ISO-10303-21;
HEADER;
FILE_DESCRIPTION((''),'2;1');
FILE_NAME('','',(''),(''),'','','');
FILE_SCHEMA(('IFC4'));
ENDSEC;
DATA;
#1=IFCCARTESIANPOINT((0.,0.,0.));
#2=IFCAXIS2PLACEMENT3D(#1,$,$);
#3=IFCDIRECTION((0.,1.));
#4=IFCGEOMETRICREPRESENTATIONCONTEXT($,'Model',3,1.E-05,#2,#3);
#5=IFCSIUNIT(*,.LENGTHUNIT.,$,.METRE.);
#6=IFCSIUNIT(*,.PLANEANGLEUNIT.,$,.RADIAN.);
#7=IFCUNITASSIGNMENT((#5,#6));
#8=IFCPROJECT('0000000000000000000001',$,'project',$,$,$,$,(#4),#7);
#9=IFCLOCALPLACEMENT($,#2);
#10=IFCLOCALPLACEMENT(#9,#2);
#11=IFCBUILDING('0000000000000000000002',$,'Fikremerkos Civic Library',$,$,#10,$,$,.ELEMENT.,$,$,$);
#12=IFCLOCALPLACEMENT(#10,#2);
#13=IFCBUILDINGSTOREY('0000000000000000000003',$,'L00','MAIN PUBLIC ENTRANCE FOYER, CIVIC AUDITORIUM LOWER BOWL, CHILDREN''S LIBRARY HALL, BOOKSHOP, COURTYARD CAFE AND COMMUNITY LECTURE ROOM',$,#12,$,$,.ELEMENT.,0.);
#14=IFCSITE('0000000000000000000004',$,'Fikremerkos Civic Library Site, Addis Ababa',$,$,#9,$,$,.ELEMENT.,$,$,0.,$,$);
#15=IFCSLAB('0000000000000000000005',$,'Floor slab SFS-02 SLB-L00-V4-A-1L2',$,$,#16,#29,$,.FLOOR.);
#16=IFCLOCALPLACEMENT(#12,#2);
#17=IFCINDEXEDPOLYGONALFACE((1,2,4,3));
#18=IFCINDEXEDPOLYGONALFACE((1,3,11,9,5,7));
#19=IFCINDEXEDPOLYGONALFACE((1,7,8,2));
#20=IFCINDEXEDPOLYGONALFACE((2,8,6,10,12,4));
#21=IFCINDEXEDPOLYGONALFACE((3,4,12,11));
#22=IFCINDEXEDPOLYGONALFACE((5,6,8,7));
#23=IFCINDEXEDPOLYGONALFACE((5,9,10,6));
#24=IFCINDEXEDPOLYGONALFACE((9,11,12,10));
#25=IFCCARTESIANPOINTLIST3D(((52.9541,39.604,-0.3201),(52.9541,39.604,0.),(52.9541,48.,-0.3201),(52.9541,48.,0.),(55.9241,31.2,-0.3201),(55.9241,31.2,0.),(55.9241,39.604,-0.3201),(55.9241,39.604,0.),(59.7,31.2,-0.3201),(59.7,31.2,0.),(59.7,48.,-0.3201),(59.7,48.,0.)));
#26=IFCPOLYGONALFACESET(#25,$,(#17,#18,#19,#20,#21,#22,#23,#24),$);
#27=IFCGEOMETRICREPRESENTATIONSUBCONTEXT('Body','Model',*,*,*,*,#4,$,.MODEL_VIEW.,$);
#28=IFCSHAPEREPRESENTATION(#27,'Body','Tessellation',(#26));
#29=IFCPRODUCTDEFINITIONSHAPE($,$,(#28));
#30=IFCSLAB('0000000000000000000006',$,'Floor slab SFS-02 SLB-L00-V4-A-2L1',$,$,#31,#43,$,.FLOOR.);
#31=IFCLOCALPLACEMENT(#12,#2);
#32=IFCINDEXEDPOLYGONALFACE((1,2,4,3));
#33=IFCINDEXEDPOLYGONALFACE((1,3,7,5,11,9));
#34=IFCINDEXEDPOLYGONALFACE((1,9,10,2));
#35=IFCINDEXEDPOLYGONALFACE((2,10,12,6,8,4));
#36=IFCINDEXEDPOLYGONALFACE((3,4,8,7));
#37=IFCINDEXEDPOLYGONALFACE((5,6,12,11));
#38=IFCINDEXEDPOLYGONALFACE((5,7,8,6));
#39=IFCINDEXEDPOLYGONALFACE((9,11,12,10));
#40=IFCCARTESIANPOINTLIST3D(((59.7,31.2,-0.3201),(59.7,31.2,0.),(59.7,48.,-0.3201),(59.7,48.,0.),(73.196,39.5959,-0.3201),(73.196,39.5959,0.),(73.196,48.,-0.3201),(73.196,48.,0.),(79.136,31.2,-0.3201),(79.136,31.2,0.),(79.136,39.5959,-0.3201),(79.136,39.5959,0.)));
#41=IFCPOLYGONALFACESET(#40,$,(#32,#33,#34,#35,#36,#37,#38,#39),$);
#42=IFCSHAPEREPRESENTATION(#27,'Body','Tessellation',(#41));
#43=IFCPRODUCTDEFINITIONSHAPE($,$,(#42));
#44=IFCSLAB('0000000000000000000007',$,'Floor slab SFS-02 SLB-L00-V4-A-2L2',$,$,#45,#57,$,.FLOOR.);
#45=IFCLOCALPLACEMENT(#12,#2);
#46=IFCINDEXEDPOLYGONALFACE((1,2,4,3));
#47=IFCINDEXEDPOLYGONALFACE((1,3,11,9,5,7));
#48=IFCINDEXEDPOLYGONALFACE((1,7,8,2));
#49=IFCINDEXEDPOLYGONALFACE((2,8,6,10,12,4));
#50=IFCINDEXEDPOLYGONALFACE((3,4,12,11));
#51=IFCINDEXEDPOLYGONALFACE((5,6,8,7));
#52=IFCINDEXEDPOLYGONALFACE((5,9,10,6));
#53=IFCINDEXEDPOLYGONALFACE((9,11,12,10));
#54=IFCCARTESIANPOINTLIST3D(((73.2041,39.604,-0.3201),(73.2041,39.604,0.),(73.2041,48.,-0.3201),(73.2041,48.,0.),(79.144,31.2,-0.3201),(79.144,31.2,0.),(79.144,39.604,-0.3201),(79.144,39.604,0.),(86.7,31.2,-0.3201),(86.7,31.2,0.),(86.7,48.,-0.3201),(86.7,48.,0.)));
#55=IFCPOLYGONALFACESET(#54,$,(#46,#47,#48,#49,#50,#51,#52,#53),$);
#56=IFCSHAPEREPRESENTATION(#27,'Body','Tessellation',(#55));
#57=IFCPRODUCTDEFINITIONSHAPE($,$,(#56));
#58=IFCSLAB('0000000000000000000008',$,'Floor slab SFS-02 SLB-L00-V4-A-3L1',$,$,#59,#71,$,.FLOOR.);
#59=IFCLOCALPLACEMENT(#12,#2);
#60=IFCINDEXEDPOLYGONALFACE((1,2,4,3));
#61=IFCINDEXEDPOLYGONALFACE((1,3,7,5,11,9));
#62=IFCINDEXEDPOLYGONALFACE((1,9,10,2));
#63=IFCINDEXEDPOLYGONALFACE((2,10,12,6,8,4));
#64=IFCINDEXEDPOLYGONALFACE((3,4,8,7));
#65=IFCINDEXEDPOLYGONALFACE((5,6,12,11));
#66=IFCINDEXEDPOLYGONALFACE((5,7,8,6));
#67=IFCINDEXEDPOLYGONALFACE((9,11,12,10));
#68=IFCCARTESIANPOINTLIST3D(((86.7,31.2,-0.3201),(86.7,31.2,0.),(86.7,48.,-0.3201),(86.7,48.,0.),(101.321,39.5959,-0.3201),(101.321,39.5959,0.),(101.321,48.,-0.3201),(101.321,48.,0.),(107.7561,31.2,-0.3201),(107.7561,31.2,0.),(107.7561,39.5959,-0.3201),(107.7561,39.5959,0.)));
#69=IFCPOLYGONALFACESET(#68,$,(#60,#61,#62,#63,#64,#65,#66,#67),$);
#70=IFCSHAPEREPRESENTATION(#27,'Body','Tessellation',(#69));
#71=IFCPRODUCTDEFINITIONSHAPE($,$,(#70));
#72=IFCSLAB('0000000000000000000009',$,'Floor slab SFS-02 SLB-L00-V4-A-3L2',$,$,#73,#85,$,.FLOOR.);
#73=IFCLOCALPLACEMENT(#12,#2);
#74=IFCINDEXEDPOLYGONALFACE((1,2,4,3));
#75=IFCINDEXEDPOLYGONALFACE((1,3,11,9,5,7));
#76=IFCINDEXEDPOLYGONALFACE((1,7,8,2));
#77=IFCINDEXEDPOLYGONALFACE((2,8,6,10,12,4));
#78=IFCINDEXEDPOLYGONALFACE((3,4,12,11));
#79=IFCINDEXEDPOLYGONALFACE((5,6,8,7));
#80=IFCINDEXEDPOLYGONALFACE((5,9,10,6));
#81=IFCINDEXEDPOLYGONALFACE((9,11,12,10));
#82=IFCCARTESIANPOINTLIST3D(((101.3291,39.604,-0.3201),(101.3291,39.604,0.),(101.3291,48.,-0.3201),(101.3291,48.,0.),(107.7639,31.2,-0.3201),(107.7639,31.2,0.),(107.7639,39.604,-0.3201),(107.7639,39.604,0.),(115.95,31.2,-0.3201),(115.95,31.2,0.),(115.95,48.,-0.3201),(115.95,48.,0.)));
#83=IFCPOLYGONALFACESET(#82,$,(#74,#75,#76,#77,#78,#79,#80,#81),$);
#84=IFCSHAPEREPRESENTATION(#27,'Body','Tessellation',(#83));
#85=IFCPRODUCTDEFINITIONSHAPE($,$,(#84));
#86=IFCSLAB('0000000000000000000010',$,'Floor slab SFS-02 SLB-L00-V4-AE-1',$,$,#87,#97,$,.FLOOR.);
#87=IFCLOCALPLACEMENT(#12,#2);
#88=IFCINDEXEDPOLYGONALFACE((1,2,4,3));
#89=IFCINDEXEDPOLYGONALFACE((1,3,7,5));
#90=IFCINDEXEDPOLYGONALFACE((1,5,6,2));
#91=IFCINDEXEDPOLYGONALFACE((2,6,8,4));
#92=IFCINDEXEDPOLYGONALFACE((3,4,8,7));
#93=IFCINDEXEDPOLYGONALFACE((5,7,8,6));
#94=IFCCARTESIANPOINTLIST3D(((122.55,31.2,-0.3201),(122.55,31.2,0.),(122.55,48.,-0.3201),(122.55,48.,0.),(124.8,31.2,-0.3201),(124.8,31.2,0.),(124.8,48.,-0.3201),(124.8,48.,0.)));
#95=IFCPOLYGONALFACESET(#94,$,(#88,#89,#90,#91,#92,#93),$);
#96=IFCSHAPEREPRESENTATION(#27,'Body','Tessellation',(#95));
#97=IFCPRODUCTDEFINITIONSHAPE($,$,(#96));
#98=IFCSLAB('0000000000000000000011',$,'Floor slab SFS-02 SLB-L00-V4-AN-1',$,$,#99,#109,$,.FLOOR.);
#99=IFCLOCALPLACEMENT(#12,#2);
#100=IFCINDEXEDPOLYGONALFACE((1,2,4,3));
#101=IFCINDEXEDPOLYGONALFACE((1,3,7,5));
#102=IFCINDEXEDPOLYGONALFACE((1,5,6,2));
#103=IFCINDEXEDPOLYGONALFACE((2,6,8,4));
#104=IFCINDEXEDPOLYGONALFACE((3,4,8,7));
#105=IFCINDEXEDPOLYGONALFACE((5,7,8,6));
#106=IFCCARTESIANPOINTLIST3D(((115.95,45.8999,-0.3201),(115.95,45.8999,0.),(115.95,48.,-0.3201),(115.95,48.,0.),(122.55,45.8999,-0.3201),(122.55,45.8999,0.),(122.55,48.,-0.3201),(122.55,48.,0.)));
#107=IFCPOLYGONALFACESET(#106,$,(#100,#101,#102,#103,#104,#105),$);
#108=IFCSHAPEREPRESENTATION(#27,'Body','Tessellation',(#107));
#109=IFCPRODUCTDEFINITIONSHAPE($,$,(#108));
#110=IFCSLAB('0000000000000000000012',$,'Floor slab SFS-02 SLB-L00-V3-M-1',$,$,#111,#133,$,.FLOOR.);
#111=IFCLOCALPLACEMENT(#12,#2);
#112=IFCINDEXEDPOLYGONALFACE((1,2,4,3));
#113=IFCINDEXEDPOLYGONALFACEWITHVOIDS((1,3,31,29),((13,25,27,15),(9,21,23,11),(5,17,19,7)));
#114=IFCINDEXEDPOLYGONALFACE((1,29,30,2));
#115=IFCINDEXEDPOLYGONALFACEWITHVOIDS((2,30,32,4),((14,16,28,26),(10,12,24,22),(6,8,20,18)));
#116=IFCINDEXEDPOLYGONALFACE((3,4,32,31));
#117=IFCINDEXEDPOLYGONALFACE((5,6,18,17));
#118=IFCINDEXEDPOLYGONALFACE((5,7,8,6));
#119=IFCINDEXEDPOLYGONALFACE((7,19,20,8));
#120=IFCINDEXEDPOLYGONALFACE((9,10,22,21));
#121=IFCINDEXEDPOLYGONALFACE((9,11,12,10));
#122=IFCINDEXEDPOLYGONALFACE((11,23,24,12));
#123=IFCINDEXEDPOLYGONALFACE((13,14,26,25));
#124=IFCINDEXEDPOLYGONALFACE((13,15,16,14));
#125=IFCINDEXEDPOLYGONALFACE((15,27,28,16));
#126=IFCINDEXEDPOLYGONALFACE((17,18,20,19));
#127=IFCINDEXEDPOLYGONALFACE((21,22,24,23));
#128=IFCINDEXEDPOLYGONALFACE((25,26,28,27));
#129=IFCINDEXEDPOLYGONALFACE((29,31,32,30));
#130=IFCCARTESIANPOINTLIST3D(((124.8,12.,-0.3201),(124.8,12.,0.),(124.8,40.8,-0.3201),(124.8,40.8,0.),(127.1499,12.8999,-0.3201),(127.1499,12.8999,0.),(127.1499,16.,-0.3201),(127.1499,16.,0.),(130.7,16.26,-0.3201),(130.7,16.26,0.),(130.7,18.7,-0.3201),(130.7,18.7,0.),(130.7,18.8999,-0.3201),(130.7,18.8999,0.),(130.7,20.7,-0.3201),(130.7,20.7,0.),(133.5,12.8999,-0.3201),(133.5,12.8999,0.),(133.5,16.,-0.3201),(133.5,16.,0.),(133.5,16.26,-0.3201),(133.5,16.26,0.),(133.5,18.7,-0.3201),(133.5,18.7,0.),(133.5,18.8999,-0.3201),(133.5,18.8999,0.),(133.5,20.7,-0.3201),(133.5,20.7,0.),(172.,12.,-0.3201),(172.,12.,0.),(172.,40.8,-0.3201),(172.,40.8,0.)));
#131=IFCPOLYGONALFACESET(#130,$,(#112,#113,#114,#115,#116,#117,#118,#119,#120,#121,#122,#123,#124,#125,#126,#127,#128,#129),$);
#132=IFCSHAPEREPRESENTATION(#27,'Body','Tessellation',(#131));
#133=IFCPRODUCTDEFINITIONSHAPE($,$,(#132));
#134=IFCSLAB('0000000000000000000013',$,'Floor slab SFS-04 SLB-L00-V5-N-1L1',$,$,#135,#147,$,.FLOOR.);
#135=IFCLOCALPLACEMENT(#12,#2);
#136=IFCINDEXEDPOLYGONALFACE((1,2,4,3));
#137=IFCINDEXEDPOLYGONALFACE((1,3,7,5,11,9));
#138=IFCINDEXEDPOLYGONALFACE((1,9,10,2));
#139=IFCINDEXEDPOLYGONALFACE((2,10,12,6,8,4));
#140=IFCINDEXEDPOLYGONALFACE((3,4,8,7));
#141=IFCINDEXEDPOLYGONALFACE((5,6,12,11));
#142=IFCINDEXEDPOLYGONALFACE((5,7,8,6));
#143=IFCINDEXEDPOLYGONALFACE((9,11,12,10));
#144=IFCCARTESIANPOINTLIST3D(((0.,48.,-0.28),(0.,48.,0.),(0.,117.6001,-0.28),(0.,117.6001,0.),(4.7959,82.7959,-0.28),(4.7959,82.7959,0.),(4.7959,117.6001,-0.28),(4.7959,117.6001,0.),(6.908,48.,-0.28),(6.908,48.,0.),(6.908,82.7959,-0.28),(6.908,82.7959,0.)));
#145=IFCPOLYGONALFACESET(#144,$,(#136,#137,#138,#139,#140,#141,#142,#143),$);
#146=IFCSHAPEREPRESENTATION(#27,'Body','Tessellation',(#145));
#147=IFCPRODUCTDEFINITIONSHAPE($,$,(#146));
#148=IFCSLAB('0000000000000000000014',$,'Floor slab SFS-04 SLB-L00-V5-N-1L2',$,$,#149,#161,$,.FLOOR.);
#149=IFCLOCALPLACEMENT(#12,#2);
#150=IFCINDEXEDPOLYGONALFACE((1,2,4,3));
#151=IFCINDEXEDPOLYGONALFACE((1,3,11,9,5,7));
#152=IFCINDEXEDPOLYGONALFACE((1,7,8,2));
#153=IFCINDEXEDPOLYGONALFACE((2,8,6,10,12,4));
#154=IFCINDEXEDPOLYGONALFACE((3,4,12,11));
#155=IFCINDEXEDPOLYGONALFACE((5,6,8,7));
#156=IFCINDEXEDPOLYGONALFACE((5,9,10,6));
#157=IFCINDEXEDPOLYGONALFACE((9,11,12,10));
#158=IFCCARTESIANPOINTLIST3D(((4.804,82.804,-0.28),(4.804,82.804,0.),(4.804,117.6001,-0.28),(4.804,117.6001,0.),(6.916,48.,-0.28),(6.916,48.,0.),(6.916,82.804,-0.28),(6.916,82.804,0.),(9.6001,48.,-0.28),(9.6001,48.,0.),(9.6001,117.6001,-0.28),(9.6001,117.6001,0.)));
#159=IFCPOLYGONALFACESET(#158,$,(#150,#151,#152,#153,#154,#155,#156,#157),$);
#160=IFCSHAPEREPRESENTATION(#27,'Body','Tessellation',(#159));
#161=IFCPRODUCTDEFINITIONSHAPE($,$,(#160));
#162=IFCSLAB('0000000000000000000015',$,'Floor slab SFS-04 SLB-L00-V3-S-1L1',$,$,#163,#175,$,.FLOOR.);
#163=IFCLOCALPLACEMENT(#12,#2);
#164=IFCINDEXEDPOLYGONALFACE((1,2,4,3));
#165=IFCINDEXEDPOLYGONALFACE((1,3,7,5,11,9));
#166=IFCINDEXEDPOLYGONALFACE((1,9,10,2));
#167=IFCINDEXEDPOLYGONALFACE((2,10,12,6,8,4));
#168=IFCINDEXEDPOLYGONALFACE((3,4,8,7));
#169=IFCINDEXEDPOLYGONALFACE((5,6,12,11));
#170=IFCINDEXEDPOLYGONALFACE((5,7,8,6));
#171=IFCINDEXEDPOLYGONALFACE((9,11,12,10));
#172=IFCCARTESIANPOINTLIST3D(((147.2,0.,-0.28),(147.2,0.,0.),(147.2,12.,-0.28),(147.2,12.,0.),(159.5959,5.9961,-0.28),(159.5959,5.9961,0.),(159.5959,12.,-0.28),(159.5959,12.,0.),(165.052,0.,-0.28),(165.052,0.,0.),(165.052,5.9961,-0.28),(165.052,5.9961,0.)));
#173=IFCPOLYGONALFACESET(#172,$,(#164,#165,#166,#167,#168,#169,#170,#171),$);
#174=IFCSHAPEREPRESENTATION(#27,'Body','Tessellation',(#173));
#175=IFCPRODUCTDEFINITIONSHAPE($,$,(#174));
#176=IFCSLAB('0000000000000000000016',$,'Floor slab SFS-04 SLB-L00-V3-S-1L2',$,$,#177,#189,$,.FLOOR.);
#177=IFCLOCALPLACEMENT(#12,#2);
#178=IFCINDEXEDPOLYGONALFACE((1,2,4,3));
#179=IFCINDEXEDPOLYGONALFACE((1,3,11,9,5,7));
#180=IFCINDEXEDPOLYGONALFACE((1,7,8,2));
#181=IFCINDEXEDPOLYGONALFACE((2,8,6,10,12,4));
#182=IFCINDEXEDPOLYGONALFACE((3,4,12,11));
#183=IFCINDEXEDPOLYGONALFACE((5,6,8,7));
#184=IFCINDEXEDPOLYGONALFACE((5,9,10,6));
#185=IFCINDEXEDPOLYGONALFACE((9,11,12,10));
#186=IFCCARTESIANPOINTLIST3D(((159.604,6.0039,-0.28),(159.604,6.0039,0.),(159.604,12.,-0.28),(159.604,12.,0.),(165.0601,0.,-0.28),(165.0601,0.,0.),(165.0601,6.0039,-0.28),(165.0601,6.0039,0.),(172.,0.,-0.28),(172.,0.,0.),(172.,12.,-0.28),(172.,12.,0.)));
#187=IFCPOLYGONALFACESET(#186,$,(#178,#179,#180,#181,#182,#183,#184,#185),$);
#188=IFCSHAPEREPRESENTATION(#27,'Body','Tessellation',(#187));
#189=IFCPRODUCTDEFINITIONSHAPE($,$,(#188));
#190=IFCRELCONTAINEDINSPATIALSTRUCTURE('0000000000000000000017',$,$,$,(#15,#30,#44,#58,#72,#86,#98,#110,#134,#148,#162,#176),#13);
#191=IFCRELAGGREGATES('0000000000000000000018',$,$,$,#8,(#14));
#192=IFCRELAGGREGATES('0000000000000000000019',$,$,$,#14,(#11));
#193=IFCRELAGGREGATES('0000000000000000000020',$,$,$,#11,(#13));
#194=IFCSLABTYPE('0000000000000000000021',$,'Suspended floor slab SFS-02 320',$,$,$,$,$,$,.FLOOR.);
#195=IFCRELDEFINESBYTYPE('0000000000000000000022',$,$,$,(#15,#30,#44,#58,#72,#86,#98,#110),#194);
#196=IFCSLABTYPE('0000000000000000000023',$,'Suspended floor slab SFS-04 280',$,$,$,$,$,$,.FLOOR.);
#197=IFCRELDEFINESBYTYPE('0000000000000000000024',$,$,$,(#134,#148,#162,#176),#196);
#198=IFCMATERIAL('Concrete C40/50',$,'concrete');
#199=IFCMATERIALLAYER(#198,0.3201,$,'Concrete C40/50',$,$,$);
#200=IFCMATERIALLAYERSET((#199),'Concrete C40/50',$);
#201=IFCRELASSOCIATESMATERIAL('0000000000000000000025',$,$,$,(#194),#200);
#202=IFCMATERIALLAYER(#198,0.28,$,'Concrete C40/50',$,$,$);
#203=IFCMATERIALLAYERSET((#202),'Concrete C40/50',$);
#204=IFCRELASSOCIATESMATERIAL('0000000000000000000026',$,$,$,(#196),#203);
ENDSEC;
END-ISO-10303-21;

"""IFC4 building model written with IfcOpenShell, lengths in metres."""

from ifc_helpers import new_model, si_unit, direction, frame, origin, place, context, subcontext, project, spatial, polyline, outline, extrude, material, layer, layer_set, type_object, element, save


model = new_model("IFC4")

# Units and contexts
model_context = context("Model", 3, precision=1e-05, world=origin(), true_north=direction((0.0, 1.0)))
body_context = subcontext(model_context, "Body", "Model", "MODEL_VIEW")
ifc_project = project(units=[si_unit("LENGTHUNIT", "METRE"), si_unit("PLANEANGLEUNIT", "RADIAN")], contexts=[model_context])

# Site, building, storey
site_placement = place(None, origin())
site = spatial("IfcSite", under=ifc_project, at=site_placement, Name="Fikremerkos Civic Library Site, Addis Ababa", CompositionType="ELEMENT", RefElevation=0.0)
building_placement = place(site_placement, origin())
building = spatial("IfcBuilding", under=site, at=building_placement, Name="Fikremerkos Civic Library", CompositionType="ELEMENT")
storey_placement = place(building_placement, origin())
storey = spatial("IfcBuildingStorey", under=building, at=storey_placement, Name="L00", Description="MAIN PUBLIC ENTRANCE FOYER, CIVIC AUDITORIUM LOWER BOWL, CHILDREN'S LIBRARY HALL, BOOKSHOP, COURTYARD CAFE AND COMMUNITY LECTURE ROOM", CompositionType="ELEMENT", Elevation=0.0)

# Slabs
ifc_material = material(Name="Concrete C40/50", Category="concrete")
ifc_layer_1 = layer(ifc_material, 0.3201, Name="Concrete C40/50")
ifc_layer_set_1 = layer_set([ifc_layer_1], Name="Concrete C40/50")
slab_type_1 = type_object("IfcSlabType", Name="Suspended floor slab SFS-02 320", PredefinedType="FLOOR", material=ifc_layer_set_1)
slab_1_placement = place(storey_placement, frame((0.0, 0.0, -0.3201)))
element("IfcSlab", 1, at=slab_1_placement, inside=storey, type_object=slab_type_1, Name="Floor slab SFS-02 SLB-L00-V4-A-1L2", PredefinedType="FLOOR", context=body_context, shape_type="SweptSolid", body=[
    extrude(outline(polyline([(55.9241, 31.2), (59.7, 31.2), (59.7, 48.0), (52.9541, 48.0), (52.9541, 39.604), (55.9241, 39.604), (55.9241, 31.2)])), origin(), (0.0, 0.0, 1.0), 0.3201),
])
slab_2_placement = place(storey_placement, frame((0.0, 0.0, -0.3201)))
element("IfcSlab", 2, at=slab_2_placement, inside=storey, type_object=slab_type_1, Name="Floor slab SFS-02 SLB-L00-V4-A-2L1", PredefinedType="FLOOR", context=body_context, shape_type="SweptSolid", body=[
    extrude(outline(polyline([(59.7, 31.2), (79.136, 31.2), (79.136, 39.5959), (73.196, 39.5959), (73.196, 48.0), (59.7, 48.0), (59.7, 31.2)])), origin(), (0.0, 0.0, 1.0), 0.3201),
])
slab_3_placement = place(storey_placement, frame((0.0, 0.0, -0.3201)))
element("IfcSlab", 3, at=slab_3_placement, inside=storey, type_object=slab_type_1, Name="Floor slab SFS-02 SLB-L00-V4-A-2L2", PredefinedType="FLOOR", context=body_context, shape_type="SweptSolid", body=[
    extrude(outline(polyline([(79.144, 31.2), (86.7, 31.2), (86.7, 48.0), (73.2041, 48.0), (73.2041, 39.604), (79.144, 39.604), (79.144, 31.2)])), origin(), (0.0, 0.0, 1.0), 0.3201),
])
slab_4_placement = place(storey_placement, frame((0.0, 0.0, -0.3201)))
element("IfcSlab", 4, at=slab_4_placement, inside=storey, type_object=slab_type_1, Name="Floor slab SFS-02 SLB-L00-V4-A-3L1", PredefinedType="FLOOR", context=body_context, shape_type="SweptSolid", body=[
    extrude(outline(polyline([(86.7, 31.2), (107.7561, 31.2), (107.7561, 39.5959), (101.321, 39.5959), (101.321, 48.0), (86.7, 48.0), (86.7, 31.2)])), origin(), (0.0, 0.0, 1.0), 0.3201),
])
slab_5_placement = place(storey_placement, frame((0.0, 0.0, -0.3201)))
element("IfcSlab", 5, at=slab_5_placement, inside=storey, type_object=slab_type_1, Name="Floor slab SFS-02 SLB-L00-V4-A-3L2", PredefinedType="FLOOR", context=body_context, shape_type="SweptSolid", body=[
    extrude(outline(polyline([(107.7639, 31.2), (115.95, 31.2), (115.95, 48.0), (101.3291, 48.0), (101.3291, 39.604), (107.7639, 39.604), (107.7639, 31.2)])), origin(), (0.0, 0.0, 1.0), 0.3201),
])
slab_6_placement = place(storey_placement, frame((0.0, 0.0, -0.3201)))
element("IfcSlab", 6, at=slab_6_placement, inside=storey, type_object=slab_type_1, Name="Floor slab SFS-02 SLB-L00-V4-AE-1", PredefinedType="FLOOR", context=body_context, shape_type="SweptSolid", body=[
    extrude(outline(polyline([(122.55, 31.2), (124.8, 31.2), (124.8, 48.0), (122.55, 48.0), (122.55, 31.2)])), origin(), (0.0, 0.0, 1.0), 0.3201),
])
slab_7_placement = place(storey_placement, frame((0.0, 0.0, -0.3201)))
element("IfcSlab", 7, at=slab_7_placement, inside=storey, type_object=slab_type_1, Name="Floor slab SFS-02 SLB-L00-V4-AN-1", PredefinedType="FLOOR", context=body_context, shape_type="SweptSolid", body=[
    extrude(outline(polyline([(115.95, 45.8999), (122.55, 45.8999), (122.55, 48.0), (115.95, 48.0), (115.95, 45.8999)])), origin(), (0.0, 0.0, 1.0), 0.3201),
])
slab_8_placement = place(storey_placement, frame((0.0, 0.0, -0.3201)))
element("IfcSlab", 8, at=slab_8_placement, inside=storey, type_object=slab_type_1, Name="Floor slab SFS-02 SLB-L00-V3-M-1", PredefinedType="FLOOR", context=body_context, shape_type="SweptSolid", body=[
    extrude(outline(polyline([(124.8, 12.0), (172.0, 12.0), (172.0, 40.8), (124.8, 40.8), (124.8, 12.0)]), holes=[polyline([(127.1499, 12.8999), (133.5, 12.8999), (133.5, 16.0), (127.1499, 16.0), (127.1499, 12.8999)]), polyline([(130.7, 16.26), (133.5, 16.26), (133.5, 18.7), (130.7, 18.7), (130.7, 16.26)]), polyline([(130.7, 18.8999), (133.5, 18.8999), (133.5, 20.7), (130.7, 20.7), (130.7, 18.8999)])]), origin(), (0.0, 0.0, 1.0), 0.3201),
])
ifc_layer_2 = layer(ifc_material, 0.28, Name="Concrete C40/50")
ifc_layer_set_2 = layer_set([ifc_layer_2], Name="Concrete C40/50")
slab_type_2 = type_object("IfcSlabType", Name="Suspended floor slab SFS-04 280", PredefinedType="FLOOR", material=ifc_layer_set_2)
slab_9_placement = place(storey_placement, frame((0.0, 0.0, -0.28)))
element("IfcSlab", 9, at=slab_9_placement, inside=storey, type_object=slab_type_2, Name="Floor slab SFS-04 SLB-L00-V5-N-1L1", PredefinedType="FLOOR", context=body_context, shape_type="SweptSolid", body=[
    extrude(outline(polyline([(0.0, 48.0), (6.908, 48.0), (6.908, 82.7959), (4.7959, 82.7959), (4.7959, 117.6001), (0.0, 117.6001), (0.0, 48.0)])), origin(), (0.0, 0.0, 1.0), 0.28),
])
slab_10_placement = place(storey_placement, frame((0.0, 0.0, -0.28)))
element("IfcSlab", 10, at=slab_10_placement, inside=storey, type_object=slab_type_2, Name="Floor slab SFS-04 SLB-L00-V5-N-1L2", PredefinedType="FLOOR", context=body_context, shape_type="SweptSolid", body=[
    extrude(outline(polyline([(6.916, 48.0), (9.6001, 48.0), (9.6001, 117.6001), (4.804, 117.6001), (4.804, 82.804), (6.916, 82.804), (6.916, 48.0)])), origin(), (0.0, 0.0, 1.0), 0.28),
])
slab_11_placement = place(storey_placement, frame((0.0, 0.0, -0.28)))
element("IfcSlab", 11, at=slab_11_placement, inside=storey, type_object=slab_type_2, Name="Floor slab SFS-04 SLB-L00-V3-S-1L1", PredefinedType="FLOOR", context=body_context, shape_type="SweptSolid", body=[
    extrude(outline(polyline([(147.2, 0.0), (165.052, 0.0), (165.052, 5.9961), (159.5959, 5.9961), (159.5959, 12.0), (147.2, 12.0), (147.2, 0.0)])), origin(), (0.0, 0.0, 1.0), 0.28),
])
slab_12_placement = place(storey_placement, frame((0.0, 0.0, -0.28)))
element("IfcSlab", 12, at=slab_12_placement, inside=storey, type_object=slab_type_2, Name="Floor slab SFS-04 SLB-L00-V3-S-1L2", PredefinedType="FLOOR", context=body_context, shape_type="SweptSolid", body=[
    extrude(outline(polyline([(165.0601, 0.0), (172.0, 0.0), (172.0, 12.0), (159.604, 12.0), (159.604, 6.0039), (165.0601, 6.0039), (165.0601, 0.0)])), origin(), (0.0, 0.0, 1.0), 0.28),
])

save(model, "model.ifc")
